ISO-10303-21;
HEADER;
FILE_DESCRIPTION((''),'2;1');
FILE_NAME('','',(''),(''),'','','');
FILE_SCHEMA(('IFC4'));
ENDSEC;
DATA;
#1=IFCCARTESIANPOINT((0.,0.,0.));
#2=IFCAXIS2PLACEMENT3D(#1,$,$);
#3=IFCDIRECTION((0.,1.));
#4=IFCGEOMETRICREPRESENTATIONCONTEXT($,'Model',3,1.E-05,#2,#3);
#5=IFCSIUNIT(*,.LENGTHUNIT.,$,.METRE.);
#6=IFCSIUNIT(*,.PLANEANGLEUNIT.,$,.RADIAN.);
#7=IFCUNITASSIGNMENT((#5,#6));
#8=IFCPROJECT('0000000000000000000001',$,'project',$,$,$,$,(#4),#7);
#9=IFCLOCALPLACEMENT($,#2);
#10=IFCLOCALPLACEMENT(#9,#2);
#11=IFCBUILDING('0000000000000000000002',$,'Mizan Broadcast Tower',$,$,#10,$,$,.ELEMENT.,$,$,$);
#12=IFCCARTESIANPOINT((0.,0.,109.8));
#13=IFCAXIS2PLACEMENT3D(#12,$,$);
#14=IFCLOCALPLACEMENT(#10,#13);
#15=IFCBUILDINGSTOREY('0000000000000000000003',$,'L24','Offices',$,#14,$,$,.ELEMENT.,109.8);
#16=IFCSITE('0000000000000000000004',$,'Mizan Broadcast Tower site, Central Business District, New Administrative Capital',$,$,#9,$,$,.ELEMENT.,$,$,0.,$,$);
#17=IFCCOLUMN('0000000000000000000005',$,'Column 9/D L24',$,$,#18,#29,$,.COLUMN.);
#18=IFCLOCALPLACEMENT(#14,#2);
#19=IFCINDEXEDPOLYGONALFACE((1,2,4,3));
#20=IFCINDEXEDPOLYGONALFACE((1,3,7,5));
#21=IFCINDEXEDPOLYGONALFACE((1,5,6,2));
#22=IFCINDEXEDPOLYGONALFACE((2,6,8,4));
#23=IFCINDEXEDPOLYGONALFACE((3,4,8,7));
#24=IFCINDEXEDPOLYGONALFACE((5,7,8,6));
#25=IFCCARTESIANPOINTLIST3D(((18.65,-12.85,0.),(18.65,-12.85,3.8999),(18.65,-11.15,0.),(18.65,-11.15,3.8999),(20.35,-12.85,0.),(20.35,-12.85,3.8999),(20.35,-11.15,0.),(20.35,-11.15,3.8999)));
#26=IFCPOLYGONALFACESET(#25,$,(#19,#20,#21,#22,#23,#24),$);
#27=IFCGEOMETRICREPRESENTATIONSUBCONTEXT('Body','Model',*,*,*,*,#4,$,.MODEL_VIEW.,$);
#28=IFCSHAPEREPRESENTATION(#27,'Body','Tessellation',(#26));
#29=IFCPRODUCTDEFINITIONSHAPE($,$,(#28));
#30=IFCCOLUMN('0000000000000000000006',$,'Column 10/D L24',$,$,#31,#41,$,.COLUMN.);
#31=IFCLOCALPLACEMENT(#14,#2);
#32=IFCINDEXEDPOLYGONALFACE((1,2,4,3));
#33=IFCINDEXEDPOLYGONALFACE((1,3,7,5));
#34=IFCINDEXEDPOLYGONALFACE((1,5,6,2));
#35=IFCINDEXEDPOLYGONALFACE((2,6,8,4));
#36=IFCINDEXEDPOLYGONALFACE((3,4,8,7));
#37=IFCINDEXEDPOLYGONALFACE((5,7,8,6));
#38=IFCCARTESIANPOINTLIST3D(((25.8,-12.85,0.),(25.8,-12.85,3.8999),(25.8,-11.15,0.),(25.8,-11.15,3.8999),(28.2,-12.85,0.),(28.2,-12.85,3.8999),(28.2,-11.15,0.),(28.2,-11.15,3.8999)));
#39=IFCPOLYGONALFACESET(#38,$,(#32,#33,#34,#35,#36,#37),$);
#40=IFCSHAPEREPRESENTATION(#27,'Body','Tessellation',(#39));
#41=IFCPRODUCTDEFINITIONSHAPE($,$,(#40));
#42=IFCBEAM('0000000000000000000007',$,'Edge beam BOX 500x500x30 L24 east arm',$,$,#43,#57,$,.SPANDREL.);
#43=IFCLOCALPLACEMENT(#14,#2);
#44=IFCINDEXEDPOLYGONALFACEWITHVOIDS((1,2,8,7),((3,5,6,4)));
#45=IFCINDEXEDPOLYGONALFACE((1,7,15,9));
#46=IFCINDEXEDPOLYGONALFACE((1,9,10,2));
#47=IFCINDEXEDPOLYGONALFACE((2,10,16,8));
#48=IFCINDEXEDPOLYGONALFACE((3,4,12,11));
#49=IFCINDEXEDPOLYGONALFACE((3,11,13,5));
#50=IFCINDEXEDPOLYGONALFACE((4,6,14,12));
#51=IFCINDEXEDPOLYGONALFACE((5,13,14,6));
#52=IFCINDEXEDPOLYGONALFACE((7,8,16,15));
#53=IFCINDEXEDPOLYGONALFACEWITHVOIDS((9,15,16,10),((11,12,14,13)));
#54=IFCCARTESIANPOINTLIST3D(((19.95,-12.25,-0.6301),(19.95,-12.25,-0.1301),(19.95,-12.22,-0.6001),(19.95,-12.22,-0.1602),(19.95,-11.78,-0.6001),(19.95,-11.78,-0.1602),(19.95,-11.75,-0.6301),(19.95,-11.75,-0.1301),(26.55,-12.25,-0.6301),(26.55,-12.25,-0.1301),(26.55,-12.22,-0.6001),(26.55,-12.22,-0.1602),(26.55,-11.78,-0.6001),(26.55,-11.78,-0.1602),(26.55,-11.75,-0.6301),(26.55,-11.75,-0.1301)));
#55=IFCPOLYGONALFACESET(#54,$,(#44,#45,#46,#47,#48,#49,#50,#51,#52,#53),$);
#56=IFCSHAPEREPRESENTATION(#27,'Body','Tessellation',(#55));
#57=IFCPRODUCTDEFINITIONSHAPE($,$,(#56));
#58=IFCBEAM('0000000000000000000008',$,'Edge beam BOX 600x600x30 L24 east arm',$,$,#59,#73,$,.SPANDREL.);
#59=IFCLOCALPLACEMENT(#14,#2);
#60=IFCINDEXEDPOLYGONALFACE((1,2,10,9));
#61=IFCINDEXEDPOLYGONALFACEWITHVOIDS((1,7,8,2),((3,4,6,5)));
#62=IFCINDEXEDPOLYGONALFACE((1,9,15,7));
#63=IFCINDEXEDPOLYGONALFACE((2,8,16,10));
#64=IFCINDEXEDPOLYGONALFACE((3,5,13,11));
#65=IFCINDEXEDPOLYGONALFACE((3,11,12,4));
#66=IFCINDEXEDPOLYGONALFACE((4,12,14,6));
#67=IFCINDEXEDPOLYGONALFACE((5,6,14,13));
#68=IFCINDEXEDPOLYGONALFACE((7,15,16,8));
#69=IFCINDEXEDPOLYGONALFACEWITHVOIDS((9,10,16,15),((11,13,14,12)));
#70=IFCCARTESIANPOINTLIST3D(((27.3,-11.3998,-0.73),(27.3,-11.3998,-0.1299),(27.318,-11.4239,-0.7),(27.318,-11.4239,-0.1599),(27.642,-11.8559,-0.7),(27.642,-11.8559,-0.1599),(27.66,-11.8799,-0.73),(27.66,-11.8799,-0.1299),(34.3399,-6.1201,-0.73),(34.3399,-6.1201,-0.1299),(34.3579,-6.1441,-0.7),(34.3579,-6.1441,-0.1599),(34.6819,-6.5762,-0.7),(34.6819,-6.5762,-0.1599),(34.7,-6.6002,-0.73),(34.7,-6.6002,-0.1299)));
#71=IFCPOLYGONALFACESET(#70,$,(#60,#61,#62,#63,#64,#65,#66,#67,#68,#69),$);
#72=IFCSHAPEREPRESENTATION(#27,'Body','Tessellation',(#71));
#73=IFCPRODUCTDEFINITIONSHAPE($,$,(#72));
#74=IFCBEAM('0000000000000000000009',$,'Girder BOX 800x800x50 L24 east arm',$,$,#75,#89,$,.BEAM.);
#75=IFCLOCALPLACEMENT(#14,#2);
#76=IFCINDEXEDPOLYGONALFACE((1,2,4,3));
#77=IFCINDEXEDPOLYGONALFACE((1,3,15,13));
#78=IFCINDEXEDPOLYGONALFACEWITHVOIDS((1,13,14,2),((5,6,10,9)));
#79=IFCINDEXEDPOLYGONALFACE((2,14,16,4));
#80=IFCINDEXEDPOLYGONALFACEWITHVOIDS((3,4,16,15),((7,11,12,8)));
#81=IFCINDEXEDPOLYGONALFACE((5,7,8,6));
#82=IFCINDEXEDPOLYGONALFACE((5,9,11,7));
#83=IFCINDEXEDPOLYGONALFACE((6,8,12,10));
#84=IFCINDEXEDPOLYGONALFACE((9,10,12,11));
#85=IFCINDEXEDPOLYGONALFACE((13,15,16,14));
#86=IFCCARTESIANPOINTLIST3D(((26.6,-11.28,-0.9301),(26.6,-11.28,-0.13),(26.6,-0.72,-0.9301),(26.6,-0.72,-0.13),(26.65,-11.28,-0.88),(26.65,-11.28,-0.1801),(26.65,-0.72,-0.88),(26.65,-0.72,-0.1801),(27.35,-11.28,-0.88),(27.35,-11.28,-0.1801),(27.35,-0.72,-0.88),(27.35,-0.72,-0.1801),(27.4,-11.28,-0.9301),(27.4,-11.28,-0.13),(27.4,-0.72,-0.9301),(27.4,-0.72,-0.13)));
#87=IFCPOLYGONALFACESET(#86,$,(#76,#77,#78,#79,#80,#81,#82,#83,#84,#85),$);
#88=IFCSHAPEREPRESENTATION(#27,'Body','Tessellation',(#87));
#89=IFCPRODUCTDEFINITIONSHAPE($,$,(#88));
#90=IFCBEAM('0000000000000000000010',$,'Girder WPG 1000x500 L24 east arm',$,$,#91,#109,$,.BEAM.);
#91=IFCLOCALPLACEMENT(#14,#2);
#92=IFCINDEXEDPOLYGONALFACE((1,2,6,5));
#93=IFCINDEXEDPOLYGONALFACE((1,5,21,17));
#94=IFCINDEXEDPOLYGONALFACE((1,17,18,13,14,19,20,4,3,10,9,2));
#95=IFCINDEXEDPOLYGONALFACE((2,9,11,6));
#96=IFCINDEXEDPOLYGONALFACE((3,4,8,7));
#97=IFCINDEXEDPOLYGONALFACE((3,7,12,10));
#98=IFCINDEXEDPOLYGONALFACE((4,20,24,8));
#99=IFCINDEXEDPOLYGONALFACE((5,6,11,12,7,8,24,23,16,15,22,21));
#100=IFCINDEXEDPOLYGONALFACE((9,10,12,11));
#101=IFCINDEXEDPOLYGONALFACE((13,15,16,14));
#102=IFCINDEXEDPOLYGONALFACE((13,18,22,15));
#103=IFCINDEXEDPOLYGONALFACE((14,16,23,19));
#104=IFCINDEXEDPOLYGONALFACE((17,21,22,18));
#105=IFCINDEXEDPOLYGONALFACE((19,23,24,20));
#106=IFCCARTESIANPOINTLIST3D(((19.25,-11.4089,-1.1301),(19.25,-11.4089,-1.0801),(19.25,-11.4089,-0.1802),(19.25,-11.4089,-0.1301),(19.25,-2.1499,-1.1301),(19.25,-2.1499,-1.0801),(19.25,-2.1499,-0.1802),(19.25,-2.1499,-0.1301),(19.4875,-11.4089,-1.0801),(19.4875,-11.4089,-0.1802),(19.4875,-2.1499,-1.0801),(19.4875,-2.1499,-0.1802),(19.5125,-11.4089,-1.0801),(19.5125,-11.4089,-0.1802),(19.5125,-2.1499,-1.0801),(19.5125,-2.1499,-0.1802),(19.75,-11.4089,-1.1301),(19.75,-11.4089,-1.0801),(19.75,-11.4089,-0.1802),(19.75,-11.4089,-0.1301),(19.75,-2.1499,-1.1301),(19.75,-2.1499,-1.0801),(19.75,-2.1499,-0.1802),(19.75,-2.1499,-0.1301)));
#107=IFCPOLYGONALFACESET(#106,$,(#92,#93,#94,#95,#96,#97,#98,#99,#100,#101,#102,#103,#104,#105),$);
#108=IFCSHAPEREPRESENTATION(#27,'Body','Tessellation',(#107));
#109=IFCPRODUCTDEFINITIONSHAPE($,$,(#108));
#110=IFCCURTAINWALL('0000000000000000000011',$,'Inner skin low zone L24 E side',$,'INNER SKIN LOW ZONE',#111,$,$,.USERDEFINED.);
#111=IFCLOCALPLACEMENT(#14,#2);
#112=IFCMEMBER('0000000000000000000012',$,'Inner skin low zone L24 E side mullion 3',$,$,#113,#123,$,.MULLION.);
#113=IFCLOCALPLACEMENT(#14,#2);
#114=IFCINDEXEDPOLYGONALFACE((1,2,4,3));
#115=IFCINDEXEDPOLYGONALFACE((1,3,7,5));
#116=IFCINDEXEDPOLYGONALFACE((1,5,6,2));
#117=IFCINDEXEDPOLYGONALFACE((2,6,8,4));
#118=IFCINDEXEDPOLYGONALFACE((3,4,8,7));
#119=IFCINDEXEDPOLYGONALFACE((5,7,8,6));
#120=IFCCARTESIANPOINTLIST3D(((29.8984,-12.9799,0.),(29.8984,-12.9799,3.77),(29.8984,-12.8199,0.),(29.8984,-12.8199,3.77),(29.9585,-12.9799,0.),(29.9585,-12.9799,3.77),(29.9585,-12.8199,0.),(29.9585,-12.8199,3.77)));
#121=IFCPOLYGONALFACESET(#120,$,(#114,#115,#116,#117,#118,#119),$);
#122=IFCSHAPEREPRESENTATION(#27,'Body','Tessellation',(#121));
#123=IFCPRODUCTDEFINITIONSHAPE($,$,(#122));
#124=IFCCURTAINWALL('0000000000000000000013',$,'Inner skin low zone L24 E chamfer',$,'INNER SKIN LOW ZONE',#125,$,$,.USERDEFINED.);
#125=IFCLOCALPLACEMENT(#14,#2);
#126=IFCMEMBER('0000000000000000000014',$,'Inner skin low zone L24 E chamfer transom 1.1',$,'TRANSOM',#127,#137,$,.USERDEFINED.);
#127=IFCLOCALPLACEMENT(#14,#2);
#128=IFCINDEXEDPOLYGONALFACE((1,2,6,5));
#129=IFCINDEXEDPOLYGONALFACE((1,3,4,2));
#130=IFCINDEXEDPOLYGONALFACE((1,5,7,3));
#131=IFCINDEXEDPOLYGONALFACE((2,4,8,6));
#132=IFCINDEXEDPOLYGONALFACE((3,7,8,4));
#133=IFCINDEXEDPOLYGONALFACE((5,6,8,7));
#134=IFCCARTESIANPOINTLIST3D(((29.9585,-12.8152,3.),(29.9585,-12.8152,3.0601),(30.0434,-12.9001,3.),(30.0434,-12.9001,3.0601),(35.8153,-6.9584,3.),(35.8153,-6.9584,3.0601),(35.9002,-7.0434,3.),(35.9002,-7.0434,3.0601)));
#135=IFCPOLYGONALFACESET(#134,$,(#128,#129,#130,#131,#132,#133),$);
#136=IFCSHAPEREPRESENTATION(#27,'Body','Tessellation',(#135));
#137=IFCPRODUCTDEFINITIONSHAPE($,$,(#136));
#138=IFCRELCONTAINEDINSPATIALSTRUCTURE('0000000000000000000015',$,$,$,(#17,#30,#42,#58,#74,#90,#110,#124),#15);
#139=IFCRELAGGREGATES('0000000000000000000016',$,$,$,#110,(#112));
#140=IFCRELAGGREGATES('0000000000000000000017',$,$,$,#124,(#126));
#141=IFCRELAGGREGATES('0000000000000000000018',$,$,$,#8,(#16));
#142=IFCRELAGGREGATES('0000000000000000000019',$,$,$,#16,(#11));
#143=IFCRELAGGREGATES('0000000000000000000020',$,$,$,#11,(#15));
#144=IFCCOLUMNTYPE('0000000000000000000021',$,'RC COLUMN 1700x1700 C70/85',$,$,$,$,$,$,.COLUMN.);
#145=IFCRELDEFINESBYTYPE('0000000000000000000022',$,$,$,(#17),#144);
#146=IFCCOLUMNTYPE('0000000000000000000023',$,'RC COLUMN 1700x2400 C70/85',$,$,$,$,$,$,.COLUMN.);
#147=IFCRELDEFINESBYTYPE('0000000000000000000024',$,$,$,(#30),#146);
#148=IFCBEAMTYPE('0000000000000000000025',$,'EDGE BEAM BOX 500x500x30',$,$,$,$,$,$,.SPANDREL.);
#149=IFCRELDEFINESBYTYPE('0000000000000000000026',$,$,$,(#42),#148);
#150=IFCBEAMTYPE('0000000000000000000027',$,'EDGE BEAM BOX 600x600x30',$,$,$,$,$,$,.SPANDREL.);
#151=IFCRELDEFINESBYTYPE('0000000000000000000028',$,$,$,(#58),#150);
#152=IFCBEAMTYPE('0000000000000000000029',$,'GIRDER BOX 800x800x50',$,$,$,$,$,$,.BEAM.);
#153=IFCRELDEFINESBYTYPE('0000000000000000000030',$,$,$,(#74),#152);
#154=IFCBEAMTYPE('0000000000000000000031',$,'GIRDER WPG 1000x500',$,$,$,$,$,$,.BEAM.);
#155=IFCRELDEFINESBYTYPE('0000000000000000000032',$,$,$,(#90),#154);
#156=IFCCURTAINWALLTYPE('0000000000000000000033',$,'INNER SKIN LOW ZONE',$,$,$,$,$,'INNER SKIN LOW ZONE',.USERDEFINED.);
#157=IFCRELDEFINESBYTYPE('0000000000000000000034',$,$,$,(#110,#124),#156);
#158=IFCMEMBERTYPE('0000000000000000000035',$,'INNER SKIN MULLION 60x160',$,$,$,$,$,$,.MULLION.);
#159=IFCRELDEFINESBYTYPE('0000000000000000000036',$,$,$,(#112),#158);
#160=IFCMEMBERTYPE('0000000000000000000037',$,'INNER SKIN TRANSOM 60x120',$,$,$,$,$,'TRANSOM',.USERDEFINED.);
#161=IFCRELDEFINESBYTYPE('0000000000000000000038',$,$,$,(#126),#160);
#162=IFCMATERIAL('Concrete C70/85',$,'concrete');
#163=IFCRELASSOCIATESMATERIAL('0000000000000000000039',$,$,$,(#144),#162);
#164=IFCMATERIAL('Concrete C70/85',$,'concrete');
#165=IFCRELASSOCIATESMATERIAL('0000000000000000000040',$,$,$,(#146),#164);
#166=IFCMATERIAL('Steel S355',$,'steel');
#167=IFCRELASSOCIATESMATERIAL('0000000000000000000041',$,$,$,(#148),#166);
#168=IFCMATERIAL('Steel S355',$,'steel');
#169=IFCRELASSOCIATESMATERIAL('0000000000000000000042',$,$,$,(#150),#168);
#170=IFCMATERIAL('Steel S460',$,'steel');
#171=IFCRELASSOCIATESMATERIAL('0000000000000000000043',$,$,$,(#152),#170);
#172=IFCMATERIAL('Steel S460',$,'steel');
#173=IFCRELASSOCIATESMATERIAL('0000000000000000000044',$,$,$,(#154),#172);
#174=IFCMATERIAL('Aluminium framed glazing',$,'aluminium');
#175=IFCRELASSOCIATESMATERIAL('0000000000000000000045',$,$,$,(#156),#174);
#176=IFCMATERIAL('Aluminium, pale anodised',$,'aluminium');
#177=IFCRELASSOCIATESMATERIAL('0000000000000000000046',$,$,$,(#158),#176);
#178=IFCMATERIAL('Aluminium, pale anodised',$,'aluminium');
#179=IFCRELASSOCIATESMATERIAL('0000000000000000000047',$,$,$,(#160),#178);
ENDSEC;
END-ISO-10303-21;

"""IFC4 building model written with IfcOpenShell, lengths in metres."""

from ifc_helpers import new_model, si_unit, direction, frame, origin, origin_2d, place, context, subcontext, project, spatial, rectangle, hollow_rectangle, i_section, extrude, material, material_profile, profile_set, type_object, element, aggregate, save


model = new_model("IFC4")

# Units and contexts
model_context = context("Model", 3, precision=1e-05, world=origin(), true_north=direction((0.0, 1.0)))
body_context = subcontext(model_context, "Body", "Model", "MODEL_VIEW")
ifc_project = project(units=[si_unit("LENGTHUNIT", "METRE"), si_unit("PLANEANGLEUNIT", "RADIAN")], contexts=[model_context])

# Site, building, storey
site_placement = place(None, origin())
site = spatial("IfcSite", under=ifc_project, at=site_placement, Name="Mizan Broadcast Tower site, Central Business District, New Administrative Capital", CompositionType="ELEMENT", RefElevation=0.0)
building_placement = place(site_placement, origin())
building = spatial("IfcBuilding", under=site, at=building_placement, Name="Mizan Broadcast Tower", CompositionType="ELEMENT")
storey_placement = place(building_placement, frame((0.0, 0.0, 109.8)))
storey = spatial("IfcBuildingStorey", under=building, at=storey_placement, Name="L24", Description="Offices", CompositionType="ELEMENT", Elevation=109.8)

# Columns
ifc_material_1 = material(Name="Concrete C70/85", Category="concrete")
ifc_material_profile_1 = material_profile(ifc_material_1, rectangle(XDim=1.7, YDim=1.7, at=origin_2d()), Name="RC 1700x1700")
ifc_profile_set_1 = profile_set([ifc_material_profile_1], Name="Concrete C70/85")
column_type_1 = type_object("IfcColumnType", Name="RC COLUMN 1700x1700 C70/85", PredefinedType="COLUMN", material=ifc_profile_set_1)
column_1_placement = place(storey_placement, frame((19.5, -12.0, 0.0), z_axis=(0.0, 0.0, 1.0), x_axis=(1.0, 0.0, 0.0)))
element("IfcColumn", 1, at=column_1_placement, inside=storey, type_object=column_type_1, Name="Column 9/D L24", PredefinedType="COLUMN", context=body_context, shape_type="SweptSolid", body=[
    extrude(rectangle(XDim=1.7, YDim=1.7, at=origin_2d()), origin(), (0.0, 0.0, 1.0), 3.8999),
])
ifc_material_2 = material(Name="Concrete C70/85", Category="concrete")
ifc_material_profile_2 = material_profile(ifc_material_2, rectangle(XDim=1.7, YDim=2.3999, at=origin_2d()), Name="RC 1700x2400")
ifc_profile_set_2 = profile_set([ifc_material_profile_2], Name="Concrete C70/85")
column_type_2 = type_object("IfcColumnType", Name="RC COLUMN 1700x2400 C70/85", PredefinedType="COLUMN", material=ifc_profile_set_2)
column_2_placement = place(storey_placement, frame((27.0, -12.0, 0.0), z_axis=(0.0, 0.0, 1.0), x_axis=(0.0, 1.0, 0.0)))
element("IfcColumn", 2, at=column_2_placement, inside=storey, type_object=column_type_2, Name="Column 10/D L24", PredefinedType="COLUMN", context=body_context, shape_type="SweptSolid", body=[
    extrude(rectangle(XDim=1.7, YDim=2.3999, at=origin_2d()), origin(), (0.0, 0.0, 1.0), 3.8999),
])

# Beams
ifc_material_3 = material(Name="Steel S355", Category="steel")
ifc_material_profile_3 = material_profile(ifc_material_3, hollow_rectangle(XDim=0.5, YDim=0.5, WallThickness=0.03, at=origin_2d()), Name="BOX 500x500x30")
ifc_profile_set_3 = profile_set([ifc_material_profile_3], Name="Steel S355")
beam_type_1 = type_object("IfcBeamType", Name="EDGE BEAM BOX 500x500x30", PredefinedType="SPANDREL", material=ifc_profile_set_3)
beam_1_placement = place(storey_placement, frame((19.95, -12.0, -0.3801), z_axis=(1.0, 0.0, 0.0), x_axis=(0.0, 1.0, 0.0)))
element("IfcBeam", 3, at=beam_1_placement, inside=storey, type_object=beam_type_1, Name="Edge beam BOX 500x500x30 L24 east arm", PredefinedType="SPANDREL", context=body_context, shape_type="SweptSolid", body=[
    extrude(hollow_rectangle(XDim=0.5, YDim=0.5, WallThickness=0.03, at=origin_2d()), origin(), (0.0, 0.0, 1.0), 6.6001),
])
ifc_material_4 = material(Name="Steel S355", Category="steel")
ifc_material_profile_4 = material_profile(ifc_material_4, hollow_rectangle(XDim=0.6001, YDim=0.6001, WallThickness=0.03, at=origin_2d()), Name="BOX 600x600x30")
ifc_profile_set_4 = profile_set([ifc_material_profile_4], Name="Steel S355")
beam_type_2 = type_object("IfcBeamType", Name="EDGE BEAM BOX 600x600x30", PredefinedType="SPANDREL", material=ifc_profile_set_4)
beam_2_placement = place(storey_placement, frame((27.48, -11.6399, -0.4299), z_axis=(0.800013, 0.599982, 0.0), x_axis=(-0.599982, 0.800013, 0.0)))
element("IfcBeam", 4, at=beam_2_placement, inside=storey, type_object=beam_type_2, Name="Edge beam BOX 600x600x30 L24 east arm", PredefinedType="SPANDREL", context=body_context, shape_type="SweptSolid", body=[
    extrude(hollow_rectangle(XDim=0.6001, YDim=0.6001, WallThickness=0.03, at=origin_2d()), origin(), (0.0, 0.0, 1.0), 8.7998),
])
ifc_material_5 = material(Name="Steel S460", Category="steel")
ifc_material_profile_5 = material_profile(ifc_material_5, hollow_rectangle(XDim=0.8, YDim=0.8, WallThickness=0.05, at=origin_2d()), Name="BOX 800x800x50")
ifc_profile_set_5 = profile_set([ifc_material_profile_5], Name="Steel S460")
beam_type_3 = type_object("IfcBeamType", Name="GIRDER BOX 800x800x50", PredefinedType="BEAM", material=ifc_profile_set_5)
beam_3_placement = place(storey_placement, frame((27.0, -11.28, -0.53), z_axis=(0.0, 1.0, 0.0), x_axis=(-1.0, 0.0, 0.0)))
element("IfcBeam", 5, at=beam_3_placement, inside=storey, type_object=beam_type_3, Name="Girder BOX 800x800x50 L24 east arm", PredefinedType="BEAM", context=body_context, shape_type="SweptSolid", body=[
    extrude(hollow_rectangle(XDim=0.8, YDim=0.8, WallThickness=0.05, at=origin_2d()), origin(), (0.0, 0.0, 1.0), 10.5601),
])
ifc_material_6 = material(Name="Steel S460", Category="steel")
ifc_material_profile_6 = material_profile(ifc_material_6, i_section(OverallWidth=0.5, OverallDepth=1.0, WebThickness=0.0249, FlangeThickness=0.05, at=origin_2d()), Name="WPG 1000x500")
ifc_profile_set_6 = profile_set([ifc_material_profile_6], Name="Steel S460")
beam_type_4 = type_object("IfcBeamType", Name="GIRDER WPG 1000x500", PredefinedType="BEAM", material=ifc_profile_set_6)
beam_4_placement = place(storey_placement, frame((19.5, -11.4089, -0.6301), z_axis=(0.0, 1.0, 0.0), x_axis=(-1.0, 0.0, 0.0)))
element("IfcBeam", 6, at=beam_4_placement, inside=storey, type_object=beam_type_4, Name="Girder WPG 1000x500 L24 east arm", PredefinedType="BEAM", context=body_context, shape_type="SweptSolid", body=[
    extrude(i_section(OverallWidth=0.5, OverallDepth=1.0, WebThickness=0.0249, FlangeThickness=0.05, at=origin_2d()), origin(), (0.0, 0.0, 1.0), 9.259),
])

# Curtain walls, members
ifc_material_7 = material(Name="Aluminium framed glazing", Category="aluminium")
curtain_wall_type = type_object("IfcCurtainWallType", Name="INNER SKIN LOW ZONE", ElementType="INNER SKIN LOW ZONE", PredefinedType="USERDEFINED", material=ifc_material_7)
curtain_wall_1_placement = place(storey_placement, origin())
curtain_wall_1 = element("IfcCurtainWall", 7, at=curtain_wall_1_placement, inside=storey, type_object=curtain_wall_type, Name="Inner skin low zone L24 E side", ObjectType="INNER SKIN LOW ZONE", PredefinedType="USERDEFINED")
ifc_material_8 = material(Name="Aluminium, pale anodised", Category="aluminium")
ifc_material_profile_7 = material_profile(ifc_material_8, rectangle(XDim=0.1599, YDim=0.0601, at=origin_2d()), Name="MULLION 160x60")
ifc_profile_set_7 = profile_set([ifc_material_profile_7], Name="Aluminium, pale anodised")
member_type_1 = type_object("IfcMemberType", Name="INNER SKIN MULLION 60x160", PredefinedType="MULLION", material=ifc_profile_set_7)
member_1_placement = place(storey_placement, frame((29.9285, -12.8999, 0.0), z_axis=(0.0, 0.0, 1.0), x_axis=(0.0, 1.0, 0.0)))
member_1 = element("IfcMember", 8, at=member_1_placement, type_object=member_type_1, Name="Inner skin low zone L24 E side mullion 3", PredefinedType="MULLION", context=body_context, shape_type="SweptSolid", body=[
    extrude(rectangle(XDim=0.1599, YDim=0.0601, at=origin_2d()), origin(), (0.0, 0.0, 1.0), 3.77),
])
aggregate(curtain_wall_1, [member_1])
curtain_wall_2_placement = place(storey_placement, origin())
curtain_wall_2 = element("IfcCurtainWall", 9, at=curtain_wall_2_placement, inside=storey, type_object=curtain_wall_type, Name="Inner skin low zone L24 E chamfer", ObjectType="INNER SKIN LOW ZONE", PredefinedType="USERDEFINED")
ifc_material_9 = material(Name="Aluminium, pale anodised", Category="aluminium")
ifc_material_profile_8 = material_profile(ifc_material_9, rectangle(XDim=0.1201, YDim=0.0601, at=origin_2d()), Name="TRANSOM 120x60")
ifc_profile_set_8 = profile_set([ifc_material_profile_8], Name="Aluminium, pale anodised")
member_type_2 = type_object("IfcMemberType", Name="INNER SKIN TRANSOM 60x120", ElementType="TRANSOM", PredefinedType="USERDEFINED", material=ifc_profile_set_8)
member_2_placement = place(storey_placement, frame((30.001, -12.8577, 3.03), z_axis=(0.707107, 0.707107, 0.0), x_axis=(-0.707107, 0.707107, 0.0)))
member_2 = element("IfcMember", 10, at=member_2_placement, type_object=member_type_2, Name="Inner skin low zone L24 E chamfer transom 1.1", ObjectType="TRANSOM", PredefinedType="USERDEFINED", context=body_context, shape_type="SweptSolid", body=[
    extrude(rectangle(XDim=0.1201, YDim=0.0601, at=origin_2d()), origin(), (0.0, 0.0, 1.0), 8.2827),
])
aggregate(curtain_wall_2, [member_2])

save(model, "model.ifc")
